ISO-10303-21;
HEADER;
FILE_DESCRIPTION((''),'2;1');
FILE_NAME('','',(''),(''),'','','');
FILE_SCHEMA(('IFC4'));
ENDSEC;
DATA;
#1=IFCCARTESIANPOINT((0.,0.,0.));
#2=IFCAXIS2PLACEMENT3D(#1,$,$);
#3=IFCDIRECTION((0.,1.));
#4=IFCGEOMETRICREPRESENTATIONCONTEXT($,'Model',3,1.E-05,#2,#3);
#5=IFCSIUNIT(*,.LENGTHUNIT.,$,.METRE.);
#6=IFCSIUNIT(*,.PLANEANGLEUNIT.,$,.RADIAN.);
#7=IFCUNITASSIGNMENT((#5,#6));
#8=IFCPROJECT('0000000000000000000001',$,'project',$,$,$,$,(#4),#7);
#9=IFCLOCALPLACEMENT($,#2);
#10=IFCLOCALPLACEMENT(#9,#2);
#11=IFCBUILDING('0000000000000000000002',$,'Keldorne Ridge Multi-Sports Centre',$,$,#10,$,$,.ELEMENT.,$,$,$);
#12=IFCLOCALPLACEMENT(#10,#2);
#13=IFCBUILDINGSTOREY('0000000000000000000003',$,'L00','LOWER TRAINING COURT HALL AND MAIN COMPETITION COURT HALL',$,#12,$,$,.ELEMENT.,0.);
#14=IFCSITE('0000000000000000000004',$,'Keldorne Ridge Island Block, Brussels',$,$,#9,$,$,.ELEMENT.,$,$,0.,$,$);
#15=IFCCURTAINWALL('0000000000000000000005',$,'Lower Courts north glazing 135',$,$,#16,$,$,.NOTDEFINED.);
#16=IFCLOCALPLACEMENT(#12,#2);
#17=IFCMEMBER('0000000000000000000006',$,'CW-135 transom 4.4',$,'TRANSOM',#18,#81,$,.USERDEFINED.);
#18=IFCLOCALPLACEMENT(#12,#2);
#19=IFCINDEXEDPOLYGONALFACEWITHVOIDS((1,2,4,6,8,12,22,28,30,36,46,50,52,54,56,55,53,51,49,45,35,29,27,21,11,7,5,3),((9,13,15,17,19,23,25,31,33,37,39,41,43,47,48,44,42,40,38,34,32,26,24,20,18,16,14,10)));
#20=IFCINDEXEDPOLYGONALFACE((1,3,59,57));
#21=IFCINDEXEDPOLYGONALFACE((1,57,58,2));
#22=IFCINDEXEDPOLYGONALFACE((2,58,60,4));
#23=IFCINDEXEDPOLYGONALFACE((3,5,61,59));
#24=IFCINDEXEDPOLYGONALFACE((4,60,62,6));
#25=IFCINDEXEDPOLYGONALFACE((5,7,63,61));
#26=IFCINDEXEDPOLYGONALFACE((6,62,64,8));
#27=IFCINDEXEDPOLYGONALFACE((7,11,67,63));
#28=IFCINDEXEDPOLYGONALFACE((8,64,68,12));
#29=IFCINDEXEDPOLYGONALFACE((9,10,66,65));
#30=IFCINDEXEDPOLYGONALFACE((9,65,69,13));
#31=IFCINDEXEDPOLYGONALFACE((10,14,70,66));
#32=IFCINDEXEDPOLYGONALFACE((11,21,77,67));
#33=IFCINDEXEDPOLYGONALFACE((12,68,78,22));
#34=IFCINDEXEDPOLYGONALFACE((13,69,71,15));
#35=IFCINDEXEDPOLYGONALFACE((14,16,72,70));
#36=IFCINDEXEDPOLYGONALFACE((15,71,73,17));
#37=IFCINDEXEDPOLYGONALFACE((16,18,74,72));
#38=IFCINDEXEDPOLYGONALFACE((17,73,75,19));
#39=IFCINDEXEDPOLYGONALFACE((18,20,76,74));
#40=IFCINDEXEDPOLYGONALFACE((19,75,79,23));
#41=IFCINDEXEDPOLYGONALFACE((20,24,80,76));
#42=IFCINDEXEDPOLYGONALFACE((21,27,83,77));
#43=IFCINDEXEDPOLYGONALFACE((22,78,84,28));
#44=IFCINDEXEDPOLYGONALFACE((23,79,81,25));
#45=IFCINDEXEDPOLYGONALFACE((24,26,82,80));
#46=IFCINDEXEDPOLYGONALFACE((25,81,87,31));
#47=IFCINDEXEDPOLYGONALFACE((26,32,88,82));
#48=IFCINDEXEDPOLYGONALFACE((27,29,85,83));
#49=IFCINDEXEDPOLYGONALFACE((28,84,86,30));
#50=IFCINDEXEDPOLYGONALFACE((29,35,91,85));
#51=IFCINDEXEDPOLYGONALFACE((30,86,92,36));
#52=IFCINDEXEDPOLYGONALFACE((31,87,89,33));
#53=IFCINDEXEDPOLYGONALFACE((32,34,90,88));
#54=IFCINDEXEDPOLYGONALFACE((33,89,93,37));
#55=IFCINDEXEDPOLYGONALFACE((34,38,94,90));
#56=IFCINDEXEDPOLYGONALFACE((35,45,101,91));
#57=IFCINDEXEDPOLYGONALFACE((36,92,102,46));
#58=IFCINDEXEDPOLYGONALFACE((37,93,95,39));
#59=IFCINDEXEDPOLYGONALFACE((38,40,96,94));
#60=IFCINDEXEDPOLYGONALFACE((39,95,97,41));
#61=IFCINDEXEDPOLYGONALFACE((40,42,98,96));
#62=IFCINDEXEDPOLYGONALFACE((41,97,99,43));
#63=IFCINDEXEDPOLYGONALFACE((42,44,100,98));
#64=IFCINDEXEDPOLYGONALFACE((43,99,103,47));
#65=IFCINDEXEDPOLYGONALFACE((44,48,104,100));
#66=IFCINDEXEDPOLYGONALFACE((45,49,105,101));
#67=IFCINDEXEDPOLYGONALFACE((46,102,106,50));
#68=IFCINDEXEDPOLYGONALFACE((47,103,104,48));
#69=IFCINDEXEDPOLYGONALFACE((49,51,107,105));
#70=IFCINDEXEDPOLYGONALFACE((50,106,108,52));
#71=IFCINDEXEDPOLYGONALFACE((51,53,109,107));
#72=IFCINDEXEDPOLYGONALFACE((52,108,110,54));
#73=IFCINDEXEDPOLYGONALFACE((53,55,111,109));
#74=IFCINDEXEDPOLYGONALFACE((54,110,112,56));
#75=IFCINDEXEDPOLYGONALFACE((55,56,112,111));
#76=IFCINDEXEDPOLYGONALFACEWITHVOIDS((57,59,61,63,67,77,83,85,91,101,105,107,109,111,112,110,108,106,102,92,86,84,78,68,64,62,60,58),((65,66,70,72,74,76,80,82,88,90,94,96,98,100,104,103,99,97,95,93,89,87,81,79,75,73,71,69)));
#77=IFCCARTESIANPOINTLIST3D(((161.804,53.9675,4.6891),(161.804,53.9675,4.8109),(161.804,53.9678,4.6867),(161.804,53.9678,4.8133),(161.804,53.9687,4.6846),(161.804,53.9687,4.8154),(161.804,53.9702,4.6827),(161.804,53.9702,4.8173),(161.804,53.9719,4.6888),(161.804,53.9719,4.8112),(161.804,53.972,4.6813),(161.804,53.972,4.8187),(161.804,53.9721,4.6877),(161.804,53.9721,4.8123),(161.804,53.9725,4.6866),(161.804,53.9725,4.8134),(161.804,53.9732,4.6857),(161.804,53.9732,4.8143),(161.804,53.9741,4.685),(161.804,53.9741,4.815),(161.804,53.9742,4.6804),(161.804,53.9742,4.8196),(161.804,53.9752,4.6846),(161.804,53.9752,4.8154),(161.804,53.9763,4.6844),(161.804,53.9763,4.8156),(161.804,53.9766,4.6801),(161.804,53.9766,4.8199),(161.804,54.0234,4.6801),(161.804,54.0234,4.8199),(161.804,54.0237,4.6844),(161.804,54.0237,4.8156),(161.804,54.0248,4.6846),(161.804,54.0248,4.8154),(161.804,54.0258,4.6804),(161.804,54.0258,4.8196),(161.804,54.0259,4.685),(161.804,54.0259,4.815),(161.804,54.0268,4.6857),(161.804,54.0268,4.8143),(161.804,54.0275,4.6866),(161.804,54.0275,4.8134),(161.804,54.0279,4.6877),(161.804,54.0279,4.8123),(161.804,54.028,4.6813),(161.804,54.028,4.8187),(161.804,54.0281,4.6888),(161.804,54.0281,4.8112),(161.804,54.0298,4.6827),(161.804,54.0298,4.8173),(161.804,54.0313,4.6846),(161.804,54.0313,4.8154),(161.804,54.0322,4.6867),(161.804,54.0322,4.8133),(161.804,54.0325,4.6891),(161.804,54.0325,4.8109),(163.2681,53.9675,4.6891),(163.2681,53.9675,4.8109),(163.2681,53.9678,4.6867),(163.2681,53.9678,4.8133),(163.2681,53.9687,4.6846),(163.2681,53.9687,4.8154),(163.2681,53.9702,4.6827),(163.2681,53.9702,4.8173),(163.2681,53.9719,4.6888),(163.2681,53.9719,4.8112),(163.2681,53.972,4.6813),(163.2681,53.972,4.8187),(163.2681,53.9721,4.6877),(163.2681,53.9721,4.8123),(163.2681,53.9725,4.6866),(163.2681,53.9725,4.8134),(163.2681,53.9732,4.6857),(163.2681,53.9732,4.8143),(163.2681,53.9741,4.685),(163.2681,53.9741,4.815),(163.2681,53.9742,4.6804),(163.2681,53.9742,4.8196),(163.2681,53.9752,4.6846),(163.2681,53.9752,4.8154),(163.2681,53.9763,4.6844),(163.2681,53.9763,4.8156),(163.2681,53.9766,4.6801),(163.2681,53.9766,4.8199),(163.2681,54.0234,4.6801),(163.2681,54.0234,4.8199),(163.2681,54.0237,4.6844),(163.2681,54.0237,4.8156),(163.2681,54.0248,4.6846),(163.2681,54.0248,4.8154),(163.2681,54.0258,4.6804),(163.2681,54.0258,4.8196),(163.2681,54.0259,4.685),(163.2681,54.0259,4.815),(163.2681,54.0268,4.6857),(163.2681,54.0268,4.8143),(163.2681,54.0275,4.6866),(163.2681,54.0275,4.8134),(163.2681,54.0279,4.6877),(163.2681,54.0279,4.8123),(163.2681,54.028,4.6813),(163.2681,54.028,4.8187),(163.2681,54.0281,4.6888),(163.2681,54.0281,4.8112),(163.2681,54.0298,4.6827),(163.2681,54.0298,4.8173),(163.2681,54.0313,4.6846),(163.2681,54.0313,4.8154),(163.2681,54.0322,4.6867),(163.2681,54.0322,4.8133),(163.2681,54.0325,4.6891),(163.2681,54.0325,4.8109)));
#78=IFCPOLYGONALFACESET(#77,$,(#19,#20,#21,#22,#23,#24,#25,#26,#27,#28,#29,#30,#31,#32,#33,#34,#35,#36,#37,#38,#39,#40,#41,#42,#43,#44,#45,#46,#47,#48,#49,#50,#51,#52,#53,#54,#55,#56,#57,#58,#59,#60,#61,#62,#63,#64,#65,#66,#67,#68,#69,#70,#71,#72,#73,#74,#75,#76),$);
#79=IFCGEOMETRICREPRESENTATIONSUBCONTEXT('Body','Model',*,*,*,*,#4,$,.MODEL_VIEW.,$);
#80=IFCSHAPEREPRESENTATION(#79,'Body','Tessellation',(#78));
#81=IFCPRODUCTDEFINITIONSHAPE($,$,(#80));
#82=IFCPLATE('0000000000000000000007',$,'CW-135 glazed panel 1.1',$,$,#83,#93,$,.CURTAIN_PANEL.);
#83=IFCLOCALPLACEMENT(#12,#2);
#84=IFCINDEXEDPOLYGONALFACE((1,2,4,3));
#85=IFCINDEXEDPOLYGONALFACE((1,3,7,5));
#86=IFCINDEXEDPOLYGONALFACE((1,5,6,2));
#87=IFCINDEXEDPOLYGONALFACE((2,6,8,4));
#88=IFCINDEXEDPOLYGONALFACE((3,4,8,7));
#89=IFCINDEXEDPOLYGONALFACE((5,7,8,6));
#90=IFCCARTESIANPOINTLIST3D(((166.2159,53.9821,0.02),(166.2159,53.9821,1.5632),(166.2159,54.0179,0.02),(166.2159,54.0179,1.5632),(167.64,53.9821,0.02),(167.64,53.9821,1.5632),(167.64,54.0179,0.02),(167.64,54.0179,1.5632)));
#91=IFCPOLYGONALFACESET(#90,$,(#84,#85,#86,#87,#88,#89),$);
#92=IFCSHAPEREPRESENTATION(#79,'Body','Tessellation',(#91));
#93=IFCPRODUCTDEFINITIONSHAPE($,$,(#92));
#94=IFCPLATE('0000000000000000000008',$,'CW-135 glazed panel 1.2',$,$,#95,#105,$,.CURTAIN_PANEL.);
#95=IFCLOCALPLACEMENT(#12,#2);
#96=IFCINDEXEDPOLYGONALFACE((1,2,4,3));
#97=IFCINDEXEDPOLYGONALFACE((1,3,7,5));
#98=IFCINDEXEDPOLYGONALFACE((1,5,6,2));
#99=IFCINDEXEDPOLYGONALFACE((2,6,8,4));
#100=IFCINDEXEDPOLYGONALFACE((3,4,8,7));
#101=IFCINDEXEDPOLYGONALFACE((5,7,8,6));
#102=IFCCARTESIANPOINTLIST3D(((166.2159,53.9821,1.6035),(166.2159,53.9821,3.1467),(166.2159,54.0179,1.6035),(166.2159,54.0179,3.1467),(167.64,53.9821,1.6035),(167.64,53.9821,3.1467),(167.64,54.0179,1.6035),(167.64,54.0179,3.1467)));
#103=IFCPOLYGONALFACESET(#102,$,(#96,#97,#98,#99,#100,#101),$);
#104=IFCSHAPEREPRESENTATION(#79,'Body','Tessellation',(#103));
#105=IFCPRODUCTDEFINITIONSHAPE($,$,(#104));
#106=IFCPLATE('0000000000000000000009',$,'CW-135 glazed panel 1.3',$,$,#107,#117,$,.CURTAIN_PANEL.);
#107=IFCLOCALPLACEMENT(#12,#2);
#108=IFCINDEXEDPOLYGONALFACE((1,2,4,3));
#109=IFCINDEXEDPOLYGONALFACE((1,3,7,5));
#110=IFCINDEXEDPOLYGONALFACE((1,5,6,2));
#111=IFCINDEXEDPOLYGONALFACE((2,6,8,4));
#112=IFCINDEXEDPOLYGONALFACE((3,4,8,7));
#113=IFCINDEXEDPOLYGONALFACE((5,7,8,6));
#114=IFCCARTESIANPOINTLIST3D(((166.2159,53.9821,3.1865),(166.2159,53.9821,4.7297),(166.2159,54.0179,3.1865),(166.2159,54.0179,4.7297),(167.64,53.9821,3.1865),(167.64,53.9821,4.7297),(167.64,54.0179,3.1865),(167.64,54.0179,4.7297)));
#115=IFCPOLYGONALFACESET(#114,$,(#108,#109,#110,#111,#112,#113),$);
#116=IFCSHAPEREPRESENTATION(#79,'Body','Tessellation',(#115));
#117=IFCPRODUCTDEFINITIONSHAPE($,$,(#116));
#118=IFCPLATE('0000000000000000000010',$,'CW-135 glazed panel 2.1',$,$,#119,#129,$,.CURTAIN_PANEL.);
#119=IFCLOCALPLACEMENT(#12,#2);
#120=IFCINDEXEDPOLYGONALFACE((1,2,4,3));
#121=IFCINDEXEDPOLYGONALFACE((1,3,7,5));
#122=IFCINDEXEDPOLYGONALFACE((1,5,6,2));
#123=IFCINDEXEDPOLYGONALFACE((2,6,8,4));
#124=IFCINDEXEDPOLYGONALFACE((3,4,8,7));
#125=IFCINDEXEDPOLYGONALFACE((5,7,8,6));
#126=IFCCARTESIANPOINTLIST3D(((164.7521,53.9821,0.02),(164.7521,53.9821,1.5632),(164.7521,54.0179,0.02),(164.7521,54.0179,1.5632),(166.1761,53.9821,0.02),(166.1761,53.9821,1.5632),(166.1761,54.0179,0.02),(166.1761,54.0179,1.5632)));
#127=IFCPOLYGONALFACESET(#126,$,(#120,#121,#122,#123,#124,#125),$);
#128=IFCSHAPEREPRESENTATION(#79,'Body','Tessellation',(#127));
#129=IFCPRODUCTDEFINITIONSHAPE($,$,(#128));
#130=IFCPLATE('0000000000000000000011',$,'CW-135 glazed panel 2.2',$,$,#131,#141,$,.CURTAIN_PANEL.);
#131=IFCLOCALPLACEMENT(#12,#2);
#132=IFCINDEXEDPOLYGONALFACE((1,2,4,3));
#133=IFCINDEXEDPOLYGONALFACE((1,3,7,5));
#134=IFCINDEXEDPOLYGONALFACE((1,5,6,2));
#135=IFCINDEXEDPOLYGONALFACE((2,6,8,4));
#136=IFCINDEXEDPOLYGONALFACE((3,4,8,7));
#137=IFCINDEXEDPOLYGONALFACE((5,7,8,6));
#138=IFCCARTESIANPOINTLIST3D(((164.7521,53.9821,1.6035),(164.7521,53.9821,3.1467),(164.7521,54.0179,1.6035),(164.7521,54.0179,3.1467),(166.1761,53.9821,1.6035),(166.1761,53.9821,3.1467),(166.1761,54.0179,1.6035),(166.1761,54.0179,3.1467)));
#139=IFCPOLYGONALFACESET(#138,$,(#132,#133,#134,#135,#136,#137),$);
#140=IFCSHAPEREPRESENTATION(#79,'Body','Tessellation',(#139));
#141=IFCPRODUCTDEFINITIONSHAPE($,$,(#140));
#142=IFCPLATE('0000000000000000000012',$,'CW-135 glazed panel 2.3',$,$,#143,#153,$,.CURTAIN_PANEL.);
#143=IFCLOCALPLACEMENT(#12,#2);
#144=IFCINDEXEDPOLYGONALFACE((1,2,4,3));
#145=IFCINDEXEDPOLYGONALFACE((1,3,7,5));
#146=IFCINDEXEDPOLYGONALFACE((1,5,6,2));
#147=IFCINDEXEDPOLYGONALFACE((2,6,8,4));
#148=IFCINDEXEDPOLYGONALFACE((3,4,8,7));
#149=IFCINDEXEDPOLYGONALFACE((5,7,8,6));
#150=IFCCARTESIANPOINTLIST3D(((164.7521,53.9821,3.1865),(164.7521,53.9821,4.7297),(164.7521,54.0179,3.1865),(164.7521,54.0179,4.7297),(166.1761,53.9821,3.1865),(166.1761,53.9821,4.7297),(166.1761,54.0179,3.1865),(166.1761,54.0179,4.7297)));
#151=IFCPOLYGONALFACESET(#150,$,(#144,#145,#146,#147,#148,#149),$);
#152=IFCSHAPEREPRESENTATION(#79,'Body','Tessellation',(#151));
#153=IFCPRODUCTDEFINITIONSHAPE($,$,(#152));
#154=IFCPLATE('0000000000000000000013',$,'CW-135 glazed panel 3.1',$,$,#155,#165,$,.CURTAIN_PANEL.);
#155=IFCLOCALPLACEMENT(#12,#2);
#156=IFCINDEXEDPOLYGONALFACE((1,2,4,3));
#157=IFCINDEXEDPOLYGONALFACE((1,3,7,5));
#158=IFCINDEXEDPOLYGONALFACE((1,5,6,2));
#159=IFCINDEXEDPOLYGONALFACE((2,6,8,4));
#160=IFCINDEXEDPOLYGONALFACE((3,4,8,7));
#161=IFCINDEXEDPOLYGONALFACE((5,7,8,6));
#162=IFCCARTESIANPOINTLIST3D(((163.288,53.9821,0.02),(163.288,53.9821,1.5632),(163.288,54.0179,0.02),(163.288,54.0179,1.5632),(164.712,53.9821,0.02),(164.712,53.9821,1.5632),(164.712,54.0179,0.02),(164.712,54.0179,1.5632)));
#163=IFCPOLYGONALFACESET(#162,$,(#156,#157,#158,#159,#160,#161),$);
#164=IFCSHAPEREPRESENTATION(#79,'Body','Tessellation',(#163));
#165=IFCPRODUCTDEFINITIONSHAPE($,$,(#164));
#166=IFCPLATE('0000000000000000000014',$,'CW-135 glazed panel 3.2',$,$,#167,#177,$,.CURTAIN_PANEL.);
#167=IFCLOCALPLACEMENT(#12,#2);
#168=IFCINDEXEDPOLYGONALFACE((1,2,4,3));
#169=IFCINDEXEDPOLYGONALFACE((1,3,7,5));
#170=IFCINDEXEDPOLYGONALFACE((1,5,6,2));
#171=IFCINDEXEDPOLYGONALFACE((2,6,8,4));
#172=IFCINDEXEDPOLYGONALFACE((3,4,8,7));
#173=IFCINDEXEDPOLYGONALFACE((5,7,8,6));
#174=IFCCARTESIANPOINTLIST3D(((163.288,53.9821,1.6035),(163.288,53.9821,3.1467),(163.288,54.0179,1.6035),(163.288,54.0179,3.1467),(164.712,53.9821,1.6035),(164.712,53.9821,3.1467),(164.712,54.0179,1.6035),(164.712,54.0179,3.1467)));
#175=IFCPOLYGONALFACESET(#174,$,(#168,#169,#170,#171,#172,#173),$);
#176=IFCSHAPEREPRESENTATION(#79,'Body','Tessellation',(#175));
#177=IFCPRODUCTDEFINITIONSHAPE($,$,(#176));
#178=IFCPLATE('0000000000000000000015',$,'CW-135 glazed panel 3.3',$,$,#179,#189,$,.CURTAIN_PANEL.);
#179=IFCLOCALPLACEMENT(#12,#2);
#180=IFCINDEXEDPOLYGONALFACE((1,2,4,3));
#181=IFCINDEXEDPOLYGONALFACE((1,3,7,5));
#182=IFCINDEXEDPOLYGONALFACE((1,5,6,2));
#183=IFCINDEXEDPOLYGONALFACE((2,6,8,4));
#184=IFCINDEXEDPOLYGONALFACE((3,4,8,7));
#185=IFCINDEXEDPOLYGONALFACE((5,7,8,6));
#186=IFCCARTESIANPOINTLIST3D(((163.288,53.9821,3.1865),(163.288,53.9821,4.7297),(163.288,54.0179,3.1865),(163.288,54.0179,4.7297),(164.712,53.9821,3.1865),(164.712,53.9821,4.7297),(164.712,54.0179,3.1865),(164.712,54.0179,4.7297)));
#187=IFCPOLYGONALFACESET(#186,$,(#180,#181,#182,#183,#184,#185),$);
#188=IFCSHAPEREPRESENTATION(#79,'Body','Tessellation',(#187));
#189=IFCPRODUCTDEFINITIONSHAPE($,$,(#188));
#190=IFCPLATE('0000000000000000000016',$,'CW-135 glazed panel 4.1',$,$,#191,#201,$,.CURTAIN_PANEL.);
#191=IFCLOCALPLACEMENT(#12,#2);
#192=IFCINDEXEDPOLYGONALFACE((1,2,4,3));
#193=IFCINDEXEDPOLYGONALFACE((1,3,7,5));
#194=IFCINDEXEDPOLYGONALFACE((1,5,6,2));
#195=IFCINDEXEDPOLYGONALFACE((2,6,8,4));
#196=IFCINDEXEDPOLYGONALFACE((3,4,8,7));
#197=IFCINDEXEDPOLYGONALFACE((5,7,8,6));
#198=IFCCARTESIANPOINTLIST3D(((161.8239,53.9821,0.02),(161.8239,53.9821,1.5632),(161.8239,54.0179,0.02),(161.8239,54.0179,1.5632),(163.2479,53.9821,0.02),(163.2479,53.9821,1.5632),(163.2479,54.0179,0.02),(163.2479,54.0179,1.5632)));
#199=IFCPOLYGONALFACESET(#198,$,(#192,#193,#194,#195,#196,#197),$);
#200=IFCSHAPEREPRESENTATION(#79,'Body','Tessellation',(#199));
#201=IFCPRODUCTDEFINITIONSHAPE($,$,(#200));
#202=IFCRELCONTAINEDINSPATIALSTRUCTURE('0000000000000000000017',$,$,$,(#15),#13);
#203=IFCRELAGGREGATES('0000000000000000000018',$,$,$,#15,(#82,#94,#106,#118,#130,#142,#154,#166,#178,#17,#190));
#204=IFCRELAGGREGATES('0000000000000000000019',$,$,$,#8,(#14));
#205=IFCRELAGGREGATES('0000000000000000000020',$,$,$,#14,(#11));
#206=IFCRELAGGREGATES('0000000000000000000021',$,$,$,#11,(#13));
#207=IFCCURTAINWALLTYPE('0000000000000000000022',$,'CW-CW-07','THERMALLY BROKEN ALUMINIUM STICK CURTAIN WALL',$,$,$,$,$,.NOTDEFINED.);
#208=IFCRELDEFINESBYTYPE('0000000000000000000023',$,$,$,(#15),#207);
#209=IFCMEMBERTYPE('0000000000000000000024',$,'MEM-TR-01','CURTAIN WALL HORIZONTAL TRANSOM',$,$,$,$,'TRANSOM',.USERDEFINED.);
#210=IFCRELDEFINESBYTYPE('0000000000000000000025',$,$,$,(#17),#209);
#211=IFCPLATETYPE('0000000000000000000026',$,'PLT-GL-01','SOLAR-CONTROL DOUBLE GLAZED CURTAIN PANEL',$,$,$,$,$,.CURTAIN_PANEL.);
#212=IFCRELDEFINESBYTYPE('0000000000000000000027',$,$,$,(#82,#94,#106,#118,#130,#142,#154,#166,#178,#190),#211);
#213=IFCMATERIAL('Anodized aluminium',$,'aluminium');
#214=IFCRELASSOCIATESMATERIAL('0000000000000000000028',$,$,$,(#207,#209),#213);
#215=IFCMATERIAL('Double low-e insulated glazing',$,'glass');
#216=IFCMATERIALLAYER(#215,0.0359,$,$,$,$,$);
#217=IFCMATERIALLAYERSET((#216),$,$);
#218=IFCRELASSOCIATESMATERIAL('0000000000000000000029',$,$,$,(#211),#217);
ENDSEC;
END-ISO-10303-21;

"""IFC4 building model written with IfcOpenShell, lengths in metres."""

from ifc_helpers import new_model, si_unit, direction, frame, origin, origin_2d, place, context, subcontext, project, spatial, rectangle, hollow_rectangle, extrude, material, layer, layer_set, material_profile, profile_set, type_object, element, aggregate, save


model = new_model("IFC4")

# Units and contexts
model_context = context("Model", 3, precision=1e-05, world=origin(), true_north=direction((0.0, 1.0)))
body_context = subcontext(model_context, "Body", "Model", "MODEL_VIEW")
ifc_project = project(units=[si_unit("LENGTHUNIT", "METRE"), si_unit("PLANEANGLEUNIT", "RADIAN")], contexts=[model_context])

# Site, building, storey
site_placement = place(None, origin())
site = spatial("IfcSite", under=ifc_project, at=site_placement, Name="Keldorne Ridge Island Block, Brussels", CompositionType="ELEMENT", RefElevation=0.0)
building_placement = place(site_placement, origin())
building = spatial("IfcBuilding", under=site, at=building_placement, Name="Keldorne Ridge Multi-Sports Centre", CompositionType="ELEMENT")
storey_placement = place(building_placement, origin())
storey = spatial("IfcBuildingStorey", under=building, at=storey_placement, Name="L00", Description="LOWER TRAINING COURT HALL AND MAIN COMPETITION COURT HALL", CompositionType="ELEMENT", Elevation=0.0)

# Curtain wall, member, plates
ifc_material_1 = material(Name="Anodized aluminium", Category="aluminium")
curtain_wall_type = type_object("IfcCurtainWallType", Name="CW-CW-07", Description="THERMALLY BROKEN ALUMINIUM STICK CURTAIN WALL", PredefinedType="NOTDEFINED", material=ifc_material_1)
curtain_wall_placement = place(storey_placement, origin())
curtain_wall = element("IfcCurtainWall", 1, at=curtain_wall_placement, inside=storey, type_object=curtain_wall_type, Name="Lower Courts north glazing 135", PredefinedType="NOTDEFINED")
ifc_material_profile_1 = material_profile(ifc_material_1, hollow_rectangle(XDim=0.0649, YDim=0.1399, WallThickness=0.0044, InnerFilletRadius=0.0044, OuterFilletRadius=0.009, at=origin_2d()), Name="ALU TRANSOM 140x65x4.5")
ifc_profile_set_1 = profile_set([ifc_material_profile_1], Name="Anodized aluminium")
member_type_1 = type_object("IfcMemberType", Name="MEM-TR-01", Description="CURTAIN WALL HORIZONTAL TRANSOM", ElementType="TRANSOM", PredefinedType="USERDEFINED", material=ifc_profile_set_1)
member_1_placement = place(storey_placement, frame((163.2681, 54.0, 4.75), z_axis=(-1.0, 0.0, 0.0), x_axis=(0.0, -1.0, 0.0)))
member_1 = element("IfcMember", 2, at=member_1_placement, type_object=member_type_1, Name="CW-135 transom 4.4", ObjectType="TRANSOM", PredefinedType="USERDEFINED", context=body_context, shape_type="SweptSolid", body=[
    extrude(hollow_rectangle(XDim=0.0649, YDim=0.1399, WallThickness=0.0044, InnerFilletRadius=0.0044, OuterFilletRadius=0.009, at=origin_2d()), origin(), (0.0, 0.0, 1.0), 1.4641),
])
ifc_material_2 = material(Name="Double low-e insulated glazing", Category="glass")
ifc_layer_1 = layer(ifc_material_2, 0.0359)
ifc_layer_set_1 = layer_set([ifc_layer_1])
plate_type_1 = type_object("IfcPlateType", Name="PLT-GL-01", Description="SOLAR-CONTROL DOUBLE GLAZED CURTAIN PANEL", PredefinedType="CURTAIN_PANEL", material=ifc_layer_set_1)
plate_1_placement = place(storey_placement, frame((166.928, 54.0, 0.02), z_axis=(0.0, 0.0, 1.0), x_axis=(-1.0, 0.0, 0.0)))
plate_1 = element("IfcPlate", 3, at=plate_1_placement, type_object=plate_type_1, Name="CW-135 glazed panel 1.1", PredefinedType="CURTAIN_PANEL", context=body_context, shape_type="SweptSolid", body=[
    extrude(rectangle(XDim=1.4241, YDim=0.0359, at=origin_2d()), origin(), (0.0, 0.0, 1.0), 1.5432),
])
plate_2_placement = place(storey_placement, frame((166.928, 54.0, 1.6035), z_axis=(0.0, 0.0, 1.0), x_axis=(-1.0, 0.0, 0.0)))
plate_2 = element("IfcPlate", 4, at=plate_2_placement, type_object=plate_type_1, Name="CW-135 glazed panel 1.2", PredefinedType="CURTAIN_PANEL", context=body_context, shape_type="SweptSolid", body=[
    extrude(rectangle(XDim=1.4241, YDim=0.0359, at=origin_2d()), origin(), (0.0, 0.0, 1.0), 1.5432),
])
plate_3_placement = place(storey_placement, frame((166.928, 54.0, 3.1865), z_axis=(0.0, 0.0, 1.0), x_axis=(-1.0, 0.0, 0.0)))
plate_3 = element("IfcPlate", 5, at=plate_3_placement, type_object=plate_type_1, Name="CW-135 glazed panel 1.3", PredefinedType="CURTAIN_PANEL", context=body_context, shape_type="SweptSolid", body=[
    extrude(rectangle(XDim=1.4241, YDim=0.0359, at=origin_2d()), origin(), (0.0, 0.0, 1.0), 1.5432),
])
plate_4_placement = place(storey_placement, frame((165.4641, 54.0, 0.02), z_axis=(0.0, 0.0, 1.0), x_axis=(-1.0, 0.0, 0.0)))
plate_4 = element("IfcPlate", 6, at=plate_4_placement, type_object=plate_type_1, Name="CW-135 glazed panel 2.1", PredefinedType="CURTAIN_PANEL", context=body_context, shape_type="SweptSolid", body=[
    extrude(rectangle(XDim=1.4241, YDim=0.0359, at=origin_2d()), origin(), (0.0, 0.0, 1.0), 1.5432),
])
plate_5_placement = place(storey_placement, frame((165.4641, 54.0, 1.6035), z_axis=(0.0, 0.0, 1.0), x_axis=(-1.0, 0.0, 0.0)))
plate_5 = element("IfcPlate", 7, at=plate_5_placement, type_object=plate_type_1, Name="CW-135 glazed panel 2.2", PredefinedType="CURTAIN_PANEL", context=body_context, shape_type="SweptSolid", body=[
    extrude(rectangle(XDim=1.4241, YDim=0.0359, at=origin_2d()), origin(), (0.0, 0.0, 1.0), 1.5432),
])
plate_6_placement = place(storey_placement, frame((165.4641, 54.0, 3.1865), z_axis=(0.0, 0.0, 1.0), x_axis=(-1.0, 0.0, 0.0)))
plate_6 = element("IfcPlate", 8, at=plate_6_placement, type_object=plate_type_1, Name="CW-135 glazed panel 2.3", PredefinedType="CURTAIN_PANEL", context=body_context, shape_type="SweptSolid", body=[
    extrude(rectangle(XDim=1.4241, YDim=0.0359, at=origin_2d()), origin(), (0.0, 0.0, 1.0), 1.5432),
])
plate_7_placement = place(storey_placement, frame((164.0, 54.0, 0.02), z_axis=(0.0, 0.0, 1.0), x_axis=(-1.0, 0.0, 0.0)))
plate_7 = element("IfcPlate", 9, at=plate_7_placement, type_object=plate_type_1, Name="CW-135 glazed panel 3.1", PredefinedType="CURTAIN_PANEL", context=body_context, shape_type="SweptSolid", body=[
    extrude(rectangle(XDim=1.4241, YDim=0.0359, at=origin_2d()), origin(), (0.0, 0.0, 1.0), 1.5432),
])
plate_8_placement = place(storey_placement, frame((164.0, 54.0, 1.6035), z_axis=(0.0, 0.0, 1.0), x_axis=(-1.0, 0.0, 0.0)))
plate_8 = element("IfcPlate", 10, at=plate_8_placement, type_object=plate_type_1, Name="CW-135 glazed panel 3.2", PredefinedType="CURTAIN_PANEL", context=body_context, shape_type="SweptSolid", body=[
    extrude(rectangle(XDim=1.4241, YDim=0.0359, at=origin_2d()), origin(), (0.0, 0.0, 1.0), 1.5432),
])
plate_9_placement = place(storey_placement, frame((164.0, 54.0, 3.1865), z_axis=(0.0, 0.0, 1.0), x_axis=(-1.0, 0.0, 0.0)))
plate_9 = element("IfcPlate", 11, at=plate_9_placement, type_object=plate_type_1, Name="CW-135 glazed panel 3.3", PredefinedType="CURTAIN_PANEL", context=body_context, shape_type="SweptSolid", body=[
    extrude(rectangle(XDim=1.4241, YDim=0.0359, at=origin_2d()), origin(), (0.0, 0.0, 1.0), 1.5432),
])
plate_10_placement = place(storey_placement, frame((162.5359, 54.0, 0.02), z_axis=(0.0, 0.0, 1.0), x_axis=(-1.0, 0.0, 0.0)))
plate_10 = element("IfcPlate", 12, at=plate_10_placement, type_object=plate_type_1, Name="CW-135 glazed panel 4.1", PredefinedType="CURTAIN_PANEL", context=body_context, shape_type="SweptSolid", body=[
    extrude(rectangle(XDim=1.4241, YDim=0.0359, at=origin_2d()), origin(), (0.0, 0.0, 1.0), 1.5432),
])
aggregate(curtain_wall, [plate_1, plate_2, plate_3, plate_4, plate_5, plate_6, plate_7, plate_8, plate_9, member_1, plate_10])

save(model, "model.ifc")
